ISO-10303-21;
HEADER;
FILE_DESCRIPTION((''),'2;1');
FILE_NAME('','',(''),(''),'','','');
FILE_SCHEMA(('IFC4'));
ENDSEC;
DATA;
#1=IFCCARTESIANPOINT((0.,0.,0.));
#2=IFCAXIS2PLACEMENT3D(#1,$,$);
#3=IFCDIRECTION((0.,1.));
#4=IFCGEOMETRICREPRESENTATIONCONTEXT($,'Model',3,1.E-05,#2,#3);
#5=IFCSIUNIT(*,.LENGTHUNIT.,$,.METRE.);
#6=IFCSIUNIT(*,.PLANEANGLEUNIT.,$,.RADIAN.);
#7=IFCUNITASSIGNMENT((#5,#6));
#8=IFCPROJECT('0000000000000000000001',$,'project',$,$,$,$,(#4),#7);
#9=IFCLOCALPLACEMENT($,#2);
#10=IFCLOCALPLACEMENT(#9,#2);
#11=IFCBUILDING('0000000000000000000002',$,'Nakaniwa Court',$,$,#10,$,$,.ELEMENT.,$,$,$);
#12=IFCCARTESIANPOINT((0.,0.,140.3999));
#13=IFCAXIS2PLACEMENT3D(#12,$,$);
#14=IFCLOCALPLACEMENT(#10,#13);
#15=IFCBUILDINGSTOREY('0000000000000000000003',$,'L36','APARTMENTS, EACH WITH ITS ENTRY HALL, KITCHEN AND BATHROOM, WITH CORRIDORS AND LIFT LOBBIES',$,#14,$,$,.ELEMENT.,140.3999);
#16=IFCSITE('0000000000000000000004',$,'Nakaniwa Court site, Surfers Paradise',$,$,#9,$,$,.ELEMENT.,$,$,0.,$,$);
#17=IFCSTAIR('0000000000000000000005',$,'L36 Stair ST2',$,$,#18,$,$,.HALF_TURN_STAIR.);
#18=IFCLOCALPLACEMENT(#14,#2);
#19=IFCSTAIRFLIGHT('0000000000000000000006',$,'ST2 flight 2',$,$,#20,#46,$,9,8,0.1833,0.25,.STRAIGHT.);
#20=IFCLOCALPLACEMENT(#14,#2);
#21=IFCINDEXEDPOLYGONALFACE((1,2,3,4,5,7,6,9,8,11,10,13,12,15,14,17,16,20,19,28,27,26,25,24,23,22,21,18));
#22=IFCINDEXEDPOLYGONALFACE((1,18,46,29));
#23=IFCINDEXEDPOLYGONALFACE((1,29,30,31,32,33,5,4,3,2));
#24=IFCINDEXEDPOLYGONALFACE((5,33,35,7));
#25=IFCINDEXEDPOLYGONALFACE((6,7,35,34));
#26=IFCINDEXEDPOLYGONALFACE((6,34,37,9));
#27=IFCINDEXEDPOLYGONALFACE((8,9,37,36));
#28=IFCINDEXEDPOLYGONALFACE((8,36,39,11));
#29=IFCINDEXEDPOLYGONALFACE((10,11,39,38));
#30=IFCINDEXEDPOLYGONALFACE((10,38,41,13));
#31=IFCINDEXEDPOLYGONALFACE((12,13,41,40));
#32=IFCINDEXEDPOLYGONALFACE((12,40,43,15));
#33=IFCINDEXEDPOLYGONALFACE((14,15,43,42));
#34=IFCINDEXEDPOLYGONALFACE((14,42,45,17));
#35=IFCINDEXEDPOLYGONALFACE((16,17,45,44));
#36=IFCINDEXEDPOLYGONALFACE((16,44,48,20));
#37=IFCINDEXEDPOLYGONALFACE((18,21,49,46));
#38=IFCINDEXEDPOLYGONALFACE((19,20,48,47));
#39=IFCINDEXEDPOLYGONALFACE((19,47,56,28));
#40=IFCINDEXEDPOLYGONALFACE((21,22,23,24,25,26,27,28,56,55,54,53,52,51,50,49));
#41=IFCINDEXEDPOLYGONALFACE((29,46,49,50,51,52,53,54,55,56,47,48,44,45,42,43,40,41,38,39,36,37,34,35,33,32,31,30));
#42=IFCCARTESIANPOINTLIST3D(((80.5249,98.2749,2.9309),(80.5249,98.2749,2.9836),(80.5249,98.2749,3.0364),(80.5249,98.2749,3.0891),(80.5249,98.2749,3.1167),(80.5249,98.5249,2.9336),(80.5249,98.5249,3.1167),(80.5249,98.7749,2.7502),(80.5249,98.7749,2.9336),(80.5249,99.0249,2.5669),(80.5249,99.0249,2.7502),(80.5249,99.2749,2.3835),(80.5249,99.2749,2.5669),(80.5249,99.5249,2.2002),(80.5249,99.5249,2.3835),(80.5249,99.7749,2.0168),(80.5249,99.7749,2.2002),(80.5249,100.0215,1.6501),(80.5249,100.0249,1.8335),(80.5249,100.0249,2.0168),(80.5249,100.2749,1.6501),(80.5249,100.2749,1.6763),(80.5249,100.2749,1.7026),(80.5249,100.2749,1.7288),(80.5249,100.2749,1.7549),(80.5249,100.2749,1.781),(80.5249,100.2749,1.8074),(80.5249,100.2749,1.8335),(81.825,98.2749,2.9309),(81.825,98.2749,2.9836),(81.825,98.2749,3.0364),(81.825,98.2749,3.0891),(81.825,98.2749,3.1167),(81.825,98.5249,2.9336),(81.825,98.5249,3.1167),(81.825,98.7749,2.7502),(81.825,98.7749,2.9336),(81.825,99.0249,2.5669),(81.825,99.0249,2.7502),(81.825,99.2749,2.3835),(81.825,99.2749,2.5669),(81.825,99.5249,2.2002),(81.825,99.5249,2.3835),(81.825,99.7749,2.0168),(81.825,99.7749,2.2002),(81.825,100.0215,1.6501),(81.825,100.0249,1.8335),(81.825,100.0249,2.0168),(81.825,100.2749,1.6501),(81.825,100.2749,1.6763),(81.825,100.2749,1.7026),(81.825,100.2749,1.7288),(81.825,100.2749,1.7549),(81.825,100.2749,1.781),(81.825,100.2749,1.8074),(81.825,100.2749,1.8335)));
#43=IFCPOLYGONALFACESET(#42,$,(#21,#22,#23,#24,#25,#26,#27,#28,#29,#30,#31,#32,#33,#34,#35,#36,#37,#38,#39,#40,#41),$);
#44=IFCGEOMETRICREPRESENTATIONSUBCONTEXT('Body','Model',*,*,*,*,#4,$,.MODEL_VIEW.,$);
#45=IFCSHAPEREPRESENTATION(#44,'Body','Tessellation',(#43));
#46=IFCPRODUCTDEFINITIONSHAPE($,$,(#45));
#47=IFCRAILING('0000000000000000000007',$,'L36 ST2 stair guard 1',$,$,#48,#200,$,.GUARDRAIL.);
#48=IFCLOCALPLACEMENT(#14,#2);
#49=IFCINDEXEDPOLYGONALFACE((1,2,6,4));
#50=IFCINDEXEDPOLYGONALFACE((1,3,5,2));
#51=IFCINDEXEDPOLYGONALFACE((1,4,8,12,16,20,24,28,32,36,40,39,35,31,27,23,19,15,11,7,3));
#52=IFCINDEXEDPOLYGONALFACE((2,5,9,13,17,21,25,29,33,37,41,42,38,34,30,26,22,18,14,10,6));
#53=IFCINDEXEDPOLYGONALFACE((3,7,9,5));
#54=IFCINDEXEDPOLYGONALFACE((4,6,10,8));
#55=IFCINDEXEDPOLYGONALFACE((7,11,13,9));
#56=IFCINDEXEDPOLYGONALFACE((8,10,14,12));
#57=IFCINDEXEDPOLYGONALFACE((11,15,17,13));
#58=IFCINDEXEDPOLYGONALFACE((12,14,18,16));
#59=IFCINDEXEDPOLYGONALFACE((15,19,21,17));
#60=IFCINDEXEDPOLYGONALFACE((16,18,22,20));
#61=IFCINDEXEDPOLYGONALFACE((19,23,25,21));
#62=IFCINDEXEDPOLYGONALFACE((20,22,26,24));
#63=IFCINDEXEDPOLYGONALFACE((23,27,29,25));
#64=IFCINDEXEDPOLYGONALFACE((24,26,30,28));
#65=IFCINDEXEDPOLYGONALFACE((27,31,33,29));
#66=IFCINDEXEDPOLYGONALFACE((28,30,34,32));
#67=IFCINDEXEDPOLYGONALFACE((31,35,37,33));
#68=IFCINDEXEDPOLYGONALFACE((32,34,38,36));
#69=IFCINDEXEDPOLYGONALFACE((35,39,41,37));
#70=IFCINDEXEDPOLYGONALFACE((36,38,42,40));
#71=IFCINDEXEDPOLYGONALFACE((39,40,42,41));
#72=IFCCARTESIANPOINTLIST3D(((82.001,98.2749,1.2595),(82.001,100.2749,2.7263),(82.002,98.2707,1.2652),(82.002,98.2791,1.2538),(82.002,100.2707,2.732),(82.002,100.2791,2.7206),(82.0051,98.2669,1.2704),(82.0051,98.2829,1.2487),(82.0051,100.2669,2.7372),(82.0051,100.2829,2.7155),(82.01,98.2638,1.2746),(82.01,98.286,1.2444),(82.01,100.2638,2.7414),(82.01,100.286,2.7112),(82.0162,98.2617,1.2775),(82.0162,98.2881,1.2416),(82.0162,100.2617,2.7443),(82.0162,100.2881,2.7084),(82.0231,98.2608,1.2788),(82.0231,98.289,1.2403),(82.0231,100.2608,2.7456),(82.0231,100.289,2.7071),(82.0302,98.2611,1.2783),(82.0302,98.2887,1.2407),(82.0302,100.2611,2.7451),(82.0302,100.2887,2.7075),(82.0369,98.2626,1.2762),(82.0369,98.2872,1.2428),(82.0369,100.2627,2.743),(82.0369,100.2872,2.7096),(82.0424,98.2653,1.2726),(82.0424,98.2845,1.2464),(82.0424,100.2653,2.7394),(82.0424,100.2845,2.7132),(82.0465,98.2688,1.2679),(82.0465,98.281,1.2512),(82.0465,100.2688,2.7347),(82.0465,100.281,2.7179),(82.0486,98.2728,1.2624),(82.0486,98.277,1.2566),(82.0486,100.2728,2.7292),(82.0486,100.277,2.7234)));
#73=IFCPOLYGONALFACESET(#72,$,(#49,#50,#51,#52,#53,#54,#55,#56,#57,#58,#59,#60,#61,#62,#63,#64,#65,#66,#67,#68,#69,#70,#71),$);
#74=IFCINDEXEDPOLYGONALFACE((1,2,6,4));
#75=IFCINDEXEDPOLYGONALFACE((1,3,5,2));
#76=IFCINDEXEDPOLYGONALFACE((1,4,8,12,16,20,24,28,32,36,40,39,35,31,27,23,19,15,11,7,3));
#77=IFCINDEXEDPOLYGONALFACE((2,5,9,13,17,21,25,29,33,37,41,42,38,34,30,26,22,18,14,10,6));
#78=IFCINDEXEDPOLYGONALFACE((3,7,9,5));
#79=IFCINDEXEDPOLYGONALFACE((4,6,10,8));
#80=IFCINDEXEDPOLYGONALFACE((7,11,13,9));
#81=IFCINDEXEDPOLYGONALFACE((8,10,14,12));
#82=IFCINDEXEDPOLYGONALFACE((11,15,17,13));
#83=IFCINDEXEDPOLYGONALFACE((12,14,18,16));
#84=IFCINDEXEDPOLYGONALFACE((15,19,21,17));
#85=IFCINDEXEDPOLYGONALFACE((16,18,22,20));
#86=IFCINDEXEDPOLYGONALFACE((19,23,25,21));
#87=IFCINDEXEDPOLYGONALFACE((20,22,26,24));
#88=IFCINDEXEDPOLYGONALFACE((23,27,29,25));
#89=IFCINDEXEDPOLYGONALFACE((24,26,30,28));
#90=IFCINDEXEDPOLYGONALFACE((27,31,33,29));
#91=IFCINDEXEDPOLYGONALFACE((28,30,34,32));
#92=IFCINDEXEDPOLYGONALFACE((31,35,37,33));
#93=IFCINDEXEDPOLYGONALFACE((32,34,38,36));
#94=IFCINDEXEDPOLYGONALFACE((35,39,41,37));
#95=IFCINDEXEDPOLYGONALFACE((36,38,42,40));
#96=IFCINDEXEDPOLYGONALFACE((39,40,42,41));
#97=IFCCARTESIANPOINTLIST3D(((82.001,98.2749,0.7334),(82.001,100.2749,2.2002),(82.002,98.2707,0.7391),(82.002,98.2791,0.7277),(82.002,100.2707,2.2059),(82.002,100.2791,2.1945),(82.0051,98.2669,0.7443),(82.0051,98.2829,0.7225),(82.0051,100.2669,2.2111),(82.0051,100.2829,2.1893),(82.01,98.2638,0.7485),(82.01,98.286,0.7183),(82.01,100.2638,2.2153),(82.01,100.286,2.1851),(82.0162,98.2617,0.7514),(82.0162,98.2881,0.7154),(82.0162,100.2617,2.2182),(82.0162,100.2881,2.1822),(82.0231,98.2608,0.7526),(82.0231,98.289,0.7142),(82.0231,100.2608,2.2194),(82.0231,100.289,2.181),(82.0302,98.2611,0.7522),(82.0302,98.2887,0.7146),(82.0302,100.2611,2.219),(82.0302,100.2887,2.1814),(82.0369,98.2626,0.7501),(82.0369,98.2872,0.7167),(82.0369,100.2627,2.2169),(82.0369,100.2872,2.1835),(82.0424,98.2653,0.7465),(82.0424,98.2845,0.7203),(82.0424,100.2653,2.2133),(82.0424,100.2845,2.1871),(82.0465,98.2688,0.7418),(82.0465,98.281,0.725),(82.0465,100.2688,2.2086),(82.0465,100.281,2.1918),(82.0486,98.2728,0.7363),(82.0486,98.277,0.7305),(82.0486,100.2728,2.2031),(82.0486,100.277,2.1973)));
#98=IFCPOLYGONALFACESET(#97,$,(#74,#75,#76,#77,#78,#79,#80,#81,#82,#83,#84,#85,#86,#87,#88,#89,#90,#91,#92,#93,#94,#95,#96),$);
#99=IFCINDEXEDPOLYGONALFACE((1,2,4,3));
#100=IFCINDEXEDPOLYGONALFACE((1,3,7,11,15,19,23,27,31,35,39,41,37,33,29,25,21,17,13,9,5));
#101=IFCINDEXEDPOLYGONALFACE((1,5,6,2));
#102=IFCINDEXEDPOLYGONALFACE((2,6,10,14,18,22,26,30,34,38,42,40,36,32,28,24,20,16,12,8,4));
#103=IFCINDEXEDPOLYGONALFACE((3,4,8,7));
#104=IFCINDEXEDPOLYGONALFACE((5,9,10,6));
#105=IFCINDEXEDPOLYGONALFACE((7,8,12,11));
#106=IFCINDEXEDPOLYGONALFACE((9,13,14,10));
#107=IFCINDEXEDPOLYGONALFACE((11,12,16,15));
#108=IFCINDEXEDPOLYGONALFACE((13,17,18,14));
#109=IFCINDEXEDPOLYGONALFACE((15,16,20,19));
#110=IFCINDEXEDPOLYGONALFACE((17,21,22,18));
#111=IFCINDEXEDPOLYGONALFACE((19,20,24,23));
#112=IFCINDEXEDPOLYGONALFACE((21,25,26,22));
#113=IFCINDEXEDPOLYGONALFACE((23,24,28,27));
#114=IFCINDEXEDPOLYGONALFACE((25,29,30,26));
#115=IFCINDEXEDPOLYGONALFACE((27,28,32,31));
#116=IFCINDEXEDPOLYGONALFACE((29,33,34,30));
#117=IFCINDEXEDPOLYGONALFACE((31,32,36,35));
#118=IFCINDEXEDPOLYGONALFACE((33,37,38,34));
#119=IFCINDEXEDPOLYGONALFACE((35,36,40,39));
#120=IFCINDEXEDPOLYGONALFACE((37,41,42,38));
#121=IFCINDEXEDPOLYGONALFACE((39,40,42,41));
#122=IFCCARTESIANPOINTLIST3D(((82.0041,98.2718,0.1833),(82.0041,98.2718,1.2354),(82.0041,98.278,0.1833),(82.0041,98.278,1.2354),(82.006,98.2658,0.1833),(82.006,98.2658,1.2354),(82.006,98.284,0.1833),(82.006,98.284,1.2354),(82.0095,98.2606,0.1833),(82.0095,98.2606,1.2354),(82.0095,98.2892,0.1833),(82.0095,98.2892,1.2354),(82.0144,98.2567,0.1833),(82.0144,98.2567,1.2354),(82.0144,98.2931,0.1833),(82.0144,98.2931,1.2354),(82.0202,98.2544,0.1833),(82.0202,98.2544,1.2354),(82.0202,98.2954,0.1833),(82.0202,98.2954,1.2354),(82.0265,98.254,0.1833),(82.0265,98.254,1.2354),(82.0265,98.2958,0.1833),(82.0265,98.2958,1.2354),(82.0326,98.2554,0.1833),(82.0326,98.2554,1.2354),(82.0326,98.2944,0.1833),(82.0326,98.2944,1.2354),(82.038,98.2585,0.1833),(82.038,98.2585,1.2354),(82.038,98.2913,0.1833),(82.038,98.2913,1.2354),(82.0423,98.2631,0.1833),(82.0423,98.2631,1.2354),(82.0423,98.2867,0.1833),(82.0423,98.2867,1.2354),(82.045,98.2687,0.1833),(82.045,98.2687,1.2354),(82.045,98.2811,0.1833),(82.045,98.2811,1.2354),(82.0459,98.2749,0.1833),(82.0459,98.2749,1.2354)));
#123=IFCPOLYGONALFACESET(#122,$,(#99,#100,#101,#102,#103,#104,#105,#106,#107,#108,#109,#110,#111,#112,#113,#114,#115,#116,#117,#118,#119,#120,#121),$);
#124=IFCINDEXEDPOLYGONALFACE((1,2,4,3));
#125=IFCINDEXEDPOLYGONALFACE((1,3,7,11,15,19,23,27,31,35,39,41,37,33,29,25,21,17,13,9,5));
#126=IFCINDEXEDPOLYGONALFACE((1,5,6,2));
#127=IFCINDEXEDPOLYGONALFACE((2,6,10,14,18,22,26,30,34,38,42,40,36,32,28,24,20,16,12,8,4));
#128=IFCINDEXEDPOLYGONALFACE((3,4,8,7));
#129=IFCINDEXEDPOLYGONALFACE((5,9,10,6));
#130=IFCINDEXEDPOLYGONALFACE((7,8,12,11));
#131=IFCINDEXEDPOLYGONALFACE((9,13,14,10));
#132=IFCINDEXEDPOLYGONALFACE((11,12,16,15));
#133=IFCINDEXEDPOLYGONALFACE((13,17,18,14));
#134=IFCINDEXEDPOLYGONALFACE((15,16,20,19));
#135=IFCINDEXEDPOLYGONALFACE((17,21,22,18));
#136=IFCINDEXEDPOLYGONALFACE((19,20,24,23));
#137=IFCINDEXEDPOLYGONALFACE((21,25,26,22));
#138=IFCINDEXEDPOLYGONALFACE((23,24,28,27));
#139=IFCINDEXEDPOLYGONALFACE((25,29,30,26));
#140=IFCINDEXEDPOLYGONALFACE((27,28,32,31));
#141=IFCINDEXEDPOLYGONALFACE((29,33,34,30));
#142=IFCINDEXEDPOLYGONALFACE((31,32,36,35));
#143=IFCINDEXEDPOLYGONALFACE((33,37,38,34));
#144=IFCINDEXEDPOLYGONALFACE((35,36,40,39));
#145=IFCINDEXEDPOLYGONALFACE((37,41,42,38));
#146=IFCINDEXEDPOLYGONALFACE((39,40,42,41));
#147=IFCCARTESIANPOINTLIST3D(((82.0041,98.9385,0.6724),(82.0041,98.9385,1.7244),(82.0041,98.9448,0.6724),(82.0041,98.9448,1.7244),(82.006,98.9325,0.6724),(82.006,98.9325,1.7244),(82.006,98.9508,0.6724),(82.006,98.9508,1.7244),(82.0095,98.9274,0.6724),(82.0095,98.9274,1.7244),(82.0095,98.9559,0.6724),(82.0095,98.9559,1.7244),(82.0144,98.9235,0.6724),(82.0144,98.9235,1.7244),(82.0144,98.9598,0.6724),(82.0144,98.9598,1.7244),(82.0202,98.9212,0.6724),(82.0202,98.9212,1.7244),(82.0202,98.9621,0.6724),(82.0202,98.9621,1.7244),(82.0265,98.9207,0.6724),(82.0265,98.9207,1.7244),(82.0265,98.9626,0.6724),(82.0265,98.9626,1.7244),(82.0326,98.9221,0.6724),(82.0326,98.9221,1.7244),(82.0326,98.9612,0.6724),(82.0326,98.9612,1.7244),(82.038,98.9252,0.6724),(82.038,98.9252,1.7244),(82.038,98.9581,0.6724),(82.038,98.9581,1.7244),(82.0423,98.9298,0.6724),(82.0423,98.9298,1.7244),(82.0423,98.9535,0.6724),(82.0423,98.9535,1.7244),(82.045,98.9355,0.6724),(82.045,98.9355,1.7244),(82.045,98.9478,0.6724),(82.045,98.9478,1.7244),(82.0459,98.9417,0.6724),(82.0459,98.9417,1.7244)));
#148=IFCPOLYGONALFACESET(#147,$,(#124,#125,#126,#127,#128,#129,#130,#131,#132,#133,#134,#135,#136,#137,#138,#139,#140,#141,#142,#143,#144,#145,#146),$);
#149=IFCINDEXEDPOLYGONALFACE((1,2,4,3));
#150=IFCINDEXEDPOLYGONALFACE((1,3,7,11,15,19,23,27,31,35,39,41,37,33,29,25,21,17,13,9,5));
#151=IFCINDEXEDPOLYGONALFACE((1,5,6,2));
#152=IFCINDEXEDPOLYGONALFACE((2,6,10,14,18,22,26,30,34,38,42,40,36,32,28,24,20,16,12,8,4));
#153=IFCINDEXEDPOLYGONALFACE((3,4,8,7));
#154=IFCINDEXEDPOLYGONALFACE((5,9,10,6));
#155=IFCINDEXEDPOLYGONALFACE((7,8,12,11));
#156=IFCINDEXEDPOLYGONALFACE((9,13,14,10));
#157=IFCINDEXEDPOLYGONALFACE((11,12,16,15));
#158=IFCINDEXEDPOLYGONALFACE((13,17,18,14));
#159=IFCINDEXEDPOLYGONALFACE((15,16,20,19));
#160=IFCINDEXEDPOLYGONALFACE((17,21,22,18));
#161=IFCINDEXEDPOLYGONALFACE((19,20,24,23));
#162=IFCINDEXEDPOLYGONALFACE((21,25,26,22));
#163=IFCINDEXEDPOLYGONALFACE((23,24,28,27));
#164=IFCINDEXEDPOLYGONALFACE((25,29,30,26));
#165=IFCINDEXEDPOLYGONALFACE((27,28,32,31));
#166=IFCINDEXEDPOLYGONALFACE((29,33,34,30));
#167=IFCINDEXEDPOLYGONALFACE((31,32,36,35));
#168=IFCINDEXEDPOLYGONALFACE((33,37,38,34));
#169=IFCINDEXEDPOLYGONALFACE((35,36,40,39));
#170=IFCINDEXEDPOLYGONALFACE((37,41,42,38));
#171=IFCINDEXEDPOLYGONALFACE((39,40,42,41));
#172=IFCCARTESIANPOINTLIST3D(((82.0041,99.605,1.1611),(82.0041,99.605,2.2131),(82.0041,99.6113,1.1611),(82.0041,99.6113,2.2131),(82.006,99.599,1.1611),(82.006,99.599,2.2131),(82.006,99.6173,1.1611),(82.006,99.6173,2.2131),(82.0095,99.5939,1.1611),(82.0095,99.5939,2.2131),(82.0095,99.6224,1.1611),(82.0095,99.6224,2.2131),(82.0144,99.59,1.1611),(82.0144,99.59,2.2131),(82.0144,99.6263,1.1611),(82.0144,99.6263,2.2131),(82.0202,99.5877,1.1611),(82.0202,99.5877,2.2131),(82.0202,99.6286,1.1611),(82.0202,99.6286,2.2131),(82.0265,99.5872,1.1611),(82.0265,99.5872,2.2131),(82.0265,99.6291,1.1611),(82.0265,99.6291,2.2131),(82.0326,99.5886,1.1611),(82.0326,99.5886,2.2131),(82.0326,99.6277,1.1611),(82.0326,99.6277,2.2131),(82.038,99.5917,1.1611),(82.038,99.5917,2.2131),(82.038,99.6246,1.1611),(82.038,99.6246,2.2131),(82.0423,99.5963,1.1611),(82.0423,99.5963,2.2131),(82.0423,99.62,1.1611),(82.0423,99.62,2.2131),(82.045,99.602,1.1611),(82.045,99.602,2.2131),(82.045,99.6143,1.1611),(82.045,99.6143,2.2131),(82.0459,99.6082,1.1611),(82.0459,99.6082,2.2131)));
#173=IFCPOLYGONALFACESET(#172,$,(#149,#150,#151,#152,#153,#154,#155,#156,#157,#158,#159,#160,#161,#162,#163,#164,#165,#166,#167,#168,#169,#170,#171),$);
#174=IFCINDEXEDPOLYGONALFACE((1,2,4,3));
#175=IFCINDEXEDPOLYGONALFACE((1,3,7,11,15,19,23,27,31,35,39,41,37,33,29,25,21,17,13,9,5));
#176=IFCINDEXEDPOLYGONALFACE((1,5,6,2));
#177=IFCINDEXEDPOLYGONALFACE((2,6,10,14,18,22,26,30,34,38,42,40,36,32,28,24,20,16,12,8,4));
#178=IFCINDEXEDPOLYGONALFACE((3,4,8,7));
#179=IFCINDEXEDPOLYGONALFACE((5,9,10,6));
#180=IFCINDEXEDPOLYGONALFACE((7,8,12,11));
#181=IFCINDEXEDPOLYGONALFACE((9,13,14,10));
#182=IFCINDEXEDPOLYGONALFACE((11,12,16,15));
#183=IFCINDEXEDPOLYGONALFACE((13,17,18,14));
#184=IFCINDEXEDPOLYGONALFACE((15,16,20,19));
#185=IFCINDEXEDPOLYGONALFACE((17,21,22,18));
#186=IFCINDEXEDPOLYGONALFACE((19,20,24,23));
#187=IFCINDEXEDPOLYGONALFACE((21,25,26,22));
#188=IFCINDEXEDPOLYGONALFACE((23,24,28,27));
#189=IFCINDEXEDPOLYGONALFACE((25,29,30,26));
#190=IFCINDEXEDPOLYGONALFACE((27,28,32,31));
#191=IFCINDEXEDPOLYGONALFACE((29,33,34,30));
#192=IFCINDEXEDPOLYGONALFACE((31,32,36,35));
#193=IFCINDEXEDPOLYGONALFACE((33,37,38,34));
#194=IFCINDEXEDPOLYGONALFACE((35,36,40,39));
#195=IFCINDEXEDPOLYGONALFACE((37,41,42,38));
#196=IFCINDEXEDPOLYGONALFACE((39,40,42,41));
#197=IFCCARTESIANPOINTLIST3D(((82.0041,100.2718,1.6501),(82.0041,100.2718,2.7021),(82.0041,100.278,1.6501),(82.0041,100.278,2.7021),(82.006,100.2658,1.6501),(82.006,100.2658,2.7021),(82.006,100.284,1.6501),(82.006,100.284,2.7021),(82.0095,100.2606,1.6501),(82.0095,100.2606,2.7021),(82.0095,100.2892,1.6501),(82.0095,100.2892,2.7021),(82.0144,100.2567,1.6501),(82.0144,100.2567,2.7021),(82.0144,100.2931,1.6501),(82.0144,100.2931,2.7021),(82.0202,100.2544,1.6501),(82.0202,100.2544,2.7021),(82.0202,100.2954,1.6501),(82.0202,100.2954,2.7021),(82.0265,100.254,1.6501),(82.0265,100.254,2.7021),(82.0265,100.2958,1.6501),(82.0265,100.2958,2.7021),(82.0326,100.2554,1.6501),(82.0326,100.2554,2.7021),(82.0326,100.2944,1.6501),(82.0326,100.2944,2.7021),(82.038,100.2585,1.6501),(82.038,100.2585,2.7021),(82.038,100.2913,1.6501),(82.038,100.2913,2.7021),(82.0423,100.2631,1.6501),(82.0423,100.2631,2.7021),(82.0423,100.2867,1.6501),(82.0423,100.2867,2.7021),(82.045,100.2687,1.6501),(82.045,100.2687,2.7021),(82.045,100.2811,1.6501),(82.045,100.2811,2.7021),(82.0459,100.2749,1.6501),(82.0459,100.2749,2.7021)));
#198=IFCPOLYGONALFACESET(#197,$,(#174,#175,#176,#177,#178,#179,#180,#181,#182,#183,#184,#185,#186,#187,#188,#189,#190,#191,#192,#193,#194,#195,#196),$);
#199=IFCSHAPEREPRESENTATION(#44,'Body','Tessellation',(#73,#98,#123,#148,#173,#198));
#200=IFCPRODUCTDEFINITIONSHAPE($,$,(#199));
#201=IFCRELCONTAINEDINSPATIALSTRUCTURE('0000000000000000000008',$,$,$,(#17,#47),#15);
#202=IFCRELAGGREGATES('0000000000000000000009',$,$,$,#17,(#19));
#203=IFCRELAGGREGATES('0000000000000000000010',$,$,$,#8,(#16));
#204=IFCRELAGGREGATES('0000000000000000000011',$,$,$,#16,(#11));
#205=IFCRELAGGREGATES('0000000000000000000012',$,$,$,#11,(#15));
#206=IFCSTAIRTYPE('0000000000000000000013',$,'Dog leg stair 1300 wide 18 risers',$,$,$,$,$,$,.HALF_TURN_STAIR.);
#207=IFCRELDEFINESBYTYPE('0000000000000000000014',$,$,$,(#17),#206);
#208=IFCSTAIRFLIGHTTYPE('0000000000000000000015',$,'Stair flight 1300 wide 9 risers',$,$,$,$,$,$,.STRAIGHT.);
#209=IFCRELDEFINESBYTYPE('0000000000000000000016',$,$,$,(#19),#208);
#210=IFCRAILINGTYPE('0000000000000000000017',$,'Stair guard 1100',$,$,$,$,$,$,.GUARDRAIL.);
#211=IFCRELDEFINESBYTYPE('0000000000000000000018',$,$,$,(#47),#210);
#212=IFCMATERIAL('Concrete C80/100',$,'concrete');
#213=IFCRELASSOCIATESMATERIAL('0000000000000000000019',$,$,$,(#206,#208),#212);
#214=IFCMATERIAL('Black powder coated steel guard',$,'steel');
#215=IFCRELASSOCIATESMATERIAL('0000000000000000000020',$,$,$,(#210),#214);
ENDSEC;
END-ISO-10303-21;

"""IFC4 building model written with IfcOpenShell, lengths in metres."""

from ifc_helpers import new_model, si_unit, direction, frame, origin, origin_2d, place, context, subcontext, project, spatial, polyline, circle, outline, extrude, material, type_object, element, aggregate, save


model = new_model("IFC4")

# Units and contexts
model_context = context("Model", 3, precision=1e-05, world=origin(), true_north=direction((0.0, 1.0)))
body_context = subcontext(model_context, "Body", "Model", "MODEL_VIEW")
ifc_project = project(units=[si_unit("LENGTHUNIT", "METRE"), si_unit("PLANEANGLEUNIT", "RADIAN")], contexts=[model_context])

# Site, building, storey
site_placement = place(None, origin())
site = spatial("IfcSite", under=ifc_project, at=site_placement, Name="Nakaniwa Court site, Surfers Paradise", CompositionType="ELEMENT", RefElevation=0.0)
building_placement = place(site_placement, origin())
building = spatial("IfcBuilding", under=site, at=building_placement, Name="Nakaniwa Court", CompositionType="ELEMENT")
storey_placement = place(building_placement, frame((0.0, 0.0, 140.3999)))
storey = spatial("IfcBuildingStorey", under=building, at=storey_placement, Name="L36", Description="APARTMENTS, EACH WITH ITS ENTRY HALL, KITCHEN AND BATHROOM, WITH CORRIDORS AND LIFT LOBBIES", CompositionType="ELEMENT", Elevation=140.3999)

# Shared definitions
ifc_material_1 = material(Name="Concrete C80/100", Category="concrete")

# Stair, stair flight
stair_type = type_object("IfcStairType", Name="Dog leg stair 1300 wide 18 risers", PredefinedType="HALF_TURN_STAIR", material=ifc_material_1)
stair_placement = place(storey_placement, origin())
stair = element("IfcStair", 1, at=stair_placement, inside=storey, type_object=stair_type, Name="L36 Stair ST2", PredefinedType="HALF_TURN_STAIR")
stair_flight_type = type_object("IfcStairFlightType", Name="Stair flight 1300 wide 9 risers", PredefinedType="STRAIGHT", material=ifc_material_1)
stair_flight_1_placement = place(storey_placement, frame((81.175, 100.2749, 1.6501), z_axis=(0.0, 0.0, 1.0), x_axis=(0.0, -1.0, 0.0)))
stair_flight_1 = element("IfcStairFlight", 2, at=stair_flight_1_placement, type_object=stair_flight_type, Name="ST2 flight 2", NumberOfRisers=9, NumberOfTreads=8, PredefinedType="STRAIGHT", RiserHeight=0.1833, TreadLength=0.25, context=body_context, shape_type="SweptSolid", body=[
    extrude(outline(polyline([(0.0, 0.0), (0.0, 0.0261), (0.0, 0.0525), (0.0, 0.0786), (0.0, 0.1047), (0.0, 0.1309), (0.0, 0.1572), (0.0, 0.1833), (0.25, 0.1833), (0.25, 0.3667), (0.5, 0.3667), (0.5, 0.55), (0.75, 0.55), (0.75, 0.7334), (1.0, 0.7334), (1.0, 0.9167), (1.25, 0.9167), (1.25, 1.1001), (1.5, 1.1001), (1.5, 1.2834), (1.75, 1.2834), (1.75, 1.4666), (2.0, 1.4666), (2.0, 1.6499), (2.0, 1.5972), (2.0, 1.5444), (2.0, 1.4917), (2.0, 1.439), (2.0, 1.3862), (2.0, 1.3335), (2.0, 1.2808), (0.2534, 0.0), (0.0, 0.0)])), frame((0.0, 0.6499, 0.0), z_axis=(0.0, -1.0, 0.0), x_axis=(1.0, 0.0, 0.0)), (0.0, 0.0, 1.0), 1.3),
])
aggregate(stair, [stair_flight_1])

# Railing
ifc_material_2 = material(Name="Black powder coated steel guard", Category="steel")
railing_type_1 = type_object("IfcRailingType", Name="Stair guard 1100", PredefinedType="GUARDRAIL", material=ifc_material_2)
railing_1_placement = place(storey_placement, frame((82.0249, 98.2749, 0.1833)))
element("IfcRailing", 3, at=railing_1_placement, inside=storey, type_object=railing_type_1, Name="L36 ST2 stair guard 1", PredefinedType="GUARDRAIL", context=body_context, shape_type="SweptSolid", body=[
    extrude(circle(Radius=0.0239, at=origin_2d()), frame((0.0, 0.0, 1.0762), z_axis=(0.0, 0.80638, 0.591398), x_axis=(-1.0, 0.0, 0.0)), (0.0, 0.0, 1.0), 2.4802),
    extrude(circle(Radius=0.0239, at=origin_2d()), frame((0.0, 0.0, 0.55), z_axis=(0.0, 0.80638, 0.591398), x_axis=(-1.0, 0.0, 0.0)), (0.0, 0.0, 1.0), 2.4802),
    extrude(circle(Radius=0.021, at=origin_2d()), origin(), (0.0, 0.0, 1.0), 1.052),
    extrude(circle(Radius=0.021, at=origin_2d()), frame((0.0, 0.6667, 0.489)), (0.0, 0.0, 1.0), 1.052),
    extrude(circle(Radius=0.021, at=origin_2d()), frame((0.0, 1.3333, 0.9778)), (0.0, 0.0, 1.0), 1.052),
    extrude(circle(Radius=0.021, at=origin_2d()), frame((0.0, 2.0, 1.4668)), (0.0, 0.0, 1.0), 1.052),
])

save(model, "model.ifc")
